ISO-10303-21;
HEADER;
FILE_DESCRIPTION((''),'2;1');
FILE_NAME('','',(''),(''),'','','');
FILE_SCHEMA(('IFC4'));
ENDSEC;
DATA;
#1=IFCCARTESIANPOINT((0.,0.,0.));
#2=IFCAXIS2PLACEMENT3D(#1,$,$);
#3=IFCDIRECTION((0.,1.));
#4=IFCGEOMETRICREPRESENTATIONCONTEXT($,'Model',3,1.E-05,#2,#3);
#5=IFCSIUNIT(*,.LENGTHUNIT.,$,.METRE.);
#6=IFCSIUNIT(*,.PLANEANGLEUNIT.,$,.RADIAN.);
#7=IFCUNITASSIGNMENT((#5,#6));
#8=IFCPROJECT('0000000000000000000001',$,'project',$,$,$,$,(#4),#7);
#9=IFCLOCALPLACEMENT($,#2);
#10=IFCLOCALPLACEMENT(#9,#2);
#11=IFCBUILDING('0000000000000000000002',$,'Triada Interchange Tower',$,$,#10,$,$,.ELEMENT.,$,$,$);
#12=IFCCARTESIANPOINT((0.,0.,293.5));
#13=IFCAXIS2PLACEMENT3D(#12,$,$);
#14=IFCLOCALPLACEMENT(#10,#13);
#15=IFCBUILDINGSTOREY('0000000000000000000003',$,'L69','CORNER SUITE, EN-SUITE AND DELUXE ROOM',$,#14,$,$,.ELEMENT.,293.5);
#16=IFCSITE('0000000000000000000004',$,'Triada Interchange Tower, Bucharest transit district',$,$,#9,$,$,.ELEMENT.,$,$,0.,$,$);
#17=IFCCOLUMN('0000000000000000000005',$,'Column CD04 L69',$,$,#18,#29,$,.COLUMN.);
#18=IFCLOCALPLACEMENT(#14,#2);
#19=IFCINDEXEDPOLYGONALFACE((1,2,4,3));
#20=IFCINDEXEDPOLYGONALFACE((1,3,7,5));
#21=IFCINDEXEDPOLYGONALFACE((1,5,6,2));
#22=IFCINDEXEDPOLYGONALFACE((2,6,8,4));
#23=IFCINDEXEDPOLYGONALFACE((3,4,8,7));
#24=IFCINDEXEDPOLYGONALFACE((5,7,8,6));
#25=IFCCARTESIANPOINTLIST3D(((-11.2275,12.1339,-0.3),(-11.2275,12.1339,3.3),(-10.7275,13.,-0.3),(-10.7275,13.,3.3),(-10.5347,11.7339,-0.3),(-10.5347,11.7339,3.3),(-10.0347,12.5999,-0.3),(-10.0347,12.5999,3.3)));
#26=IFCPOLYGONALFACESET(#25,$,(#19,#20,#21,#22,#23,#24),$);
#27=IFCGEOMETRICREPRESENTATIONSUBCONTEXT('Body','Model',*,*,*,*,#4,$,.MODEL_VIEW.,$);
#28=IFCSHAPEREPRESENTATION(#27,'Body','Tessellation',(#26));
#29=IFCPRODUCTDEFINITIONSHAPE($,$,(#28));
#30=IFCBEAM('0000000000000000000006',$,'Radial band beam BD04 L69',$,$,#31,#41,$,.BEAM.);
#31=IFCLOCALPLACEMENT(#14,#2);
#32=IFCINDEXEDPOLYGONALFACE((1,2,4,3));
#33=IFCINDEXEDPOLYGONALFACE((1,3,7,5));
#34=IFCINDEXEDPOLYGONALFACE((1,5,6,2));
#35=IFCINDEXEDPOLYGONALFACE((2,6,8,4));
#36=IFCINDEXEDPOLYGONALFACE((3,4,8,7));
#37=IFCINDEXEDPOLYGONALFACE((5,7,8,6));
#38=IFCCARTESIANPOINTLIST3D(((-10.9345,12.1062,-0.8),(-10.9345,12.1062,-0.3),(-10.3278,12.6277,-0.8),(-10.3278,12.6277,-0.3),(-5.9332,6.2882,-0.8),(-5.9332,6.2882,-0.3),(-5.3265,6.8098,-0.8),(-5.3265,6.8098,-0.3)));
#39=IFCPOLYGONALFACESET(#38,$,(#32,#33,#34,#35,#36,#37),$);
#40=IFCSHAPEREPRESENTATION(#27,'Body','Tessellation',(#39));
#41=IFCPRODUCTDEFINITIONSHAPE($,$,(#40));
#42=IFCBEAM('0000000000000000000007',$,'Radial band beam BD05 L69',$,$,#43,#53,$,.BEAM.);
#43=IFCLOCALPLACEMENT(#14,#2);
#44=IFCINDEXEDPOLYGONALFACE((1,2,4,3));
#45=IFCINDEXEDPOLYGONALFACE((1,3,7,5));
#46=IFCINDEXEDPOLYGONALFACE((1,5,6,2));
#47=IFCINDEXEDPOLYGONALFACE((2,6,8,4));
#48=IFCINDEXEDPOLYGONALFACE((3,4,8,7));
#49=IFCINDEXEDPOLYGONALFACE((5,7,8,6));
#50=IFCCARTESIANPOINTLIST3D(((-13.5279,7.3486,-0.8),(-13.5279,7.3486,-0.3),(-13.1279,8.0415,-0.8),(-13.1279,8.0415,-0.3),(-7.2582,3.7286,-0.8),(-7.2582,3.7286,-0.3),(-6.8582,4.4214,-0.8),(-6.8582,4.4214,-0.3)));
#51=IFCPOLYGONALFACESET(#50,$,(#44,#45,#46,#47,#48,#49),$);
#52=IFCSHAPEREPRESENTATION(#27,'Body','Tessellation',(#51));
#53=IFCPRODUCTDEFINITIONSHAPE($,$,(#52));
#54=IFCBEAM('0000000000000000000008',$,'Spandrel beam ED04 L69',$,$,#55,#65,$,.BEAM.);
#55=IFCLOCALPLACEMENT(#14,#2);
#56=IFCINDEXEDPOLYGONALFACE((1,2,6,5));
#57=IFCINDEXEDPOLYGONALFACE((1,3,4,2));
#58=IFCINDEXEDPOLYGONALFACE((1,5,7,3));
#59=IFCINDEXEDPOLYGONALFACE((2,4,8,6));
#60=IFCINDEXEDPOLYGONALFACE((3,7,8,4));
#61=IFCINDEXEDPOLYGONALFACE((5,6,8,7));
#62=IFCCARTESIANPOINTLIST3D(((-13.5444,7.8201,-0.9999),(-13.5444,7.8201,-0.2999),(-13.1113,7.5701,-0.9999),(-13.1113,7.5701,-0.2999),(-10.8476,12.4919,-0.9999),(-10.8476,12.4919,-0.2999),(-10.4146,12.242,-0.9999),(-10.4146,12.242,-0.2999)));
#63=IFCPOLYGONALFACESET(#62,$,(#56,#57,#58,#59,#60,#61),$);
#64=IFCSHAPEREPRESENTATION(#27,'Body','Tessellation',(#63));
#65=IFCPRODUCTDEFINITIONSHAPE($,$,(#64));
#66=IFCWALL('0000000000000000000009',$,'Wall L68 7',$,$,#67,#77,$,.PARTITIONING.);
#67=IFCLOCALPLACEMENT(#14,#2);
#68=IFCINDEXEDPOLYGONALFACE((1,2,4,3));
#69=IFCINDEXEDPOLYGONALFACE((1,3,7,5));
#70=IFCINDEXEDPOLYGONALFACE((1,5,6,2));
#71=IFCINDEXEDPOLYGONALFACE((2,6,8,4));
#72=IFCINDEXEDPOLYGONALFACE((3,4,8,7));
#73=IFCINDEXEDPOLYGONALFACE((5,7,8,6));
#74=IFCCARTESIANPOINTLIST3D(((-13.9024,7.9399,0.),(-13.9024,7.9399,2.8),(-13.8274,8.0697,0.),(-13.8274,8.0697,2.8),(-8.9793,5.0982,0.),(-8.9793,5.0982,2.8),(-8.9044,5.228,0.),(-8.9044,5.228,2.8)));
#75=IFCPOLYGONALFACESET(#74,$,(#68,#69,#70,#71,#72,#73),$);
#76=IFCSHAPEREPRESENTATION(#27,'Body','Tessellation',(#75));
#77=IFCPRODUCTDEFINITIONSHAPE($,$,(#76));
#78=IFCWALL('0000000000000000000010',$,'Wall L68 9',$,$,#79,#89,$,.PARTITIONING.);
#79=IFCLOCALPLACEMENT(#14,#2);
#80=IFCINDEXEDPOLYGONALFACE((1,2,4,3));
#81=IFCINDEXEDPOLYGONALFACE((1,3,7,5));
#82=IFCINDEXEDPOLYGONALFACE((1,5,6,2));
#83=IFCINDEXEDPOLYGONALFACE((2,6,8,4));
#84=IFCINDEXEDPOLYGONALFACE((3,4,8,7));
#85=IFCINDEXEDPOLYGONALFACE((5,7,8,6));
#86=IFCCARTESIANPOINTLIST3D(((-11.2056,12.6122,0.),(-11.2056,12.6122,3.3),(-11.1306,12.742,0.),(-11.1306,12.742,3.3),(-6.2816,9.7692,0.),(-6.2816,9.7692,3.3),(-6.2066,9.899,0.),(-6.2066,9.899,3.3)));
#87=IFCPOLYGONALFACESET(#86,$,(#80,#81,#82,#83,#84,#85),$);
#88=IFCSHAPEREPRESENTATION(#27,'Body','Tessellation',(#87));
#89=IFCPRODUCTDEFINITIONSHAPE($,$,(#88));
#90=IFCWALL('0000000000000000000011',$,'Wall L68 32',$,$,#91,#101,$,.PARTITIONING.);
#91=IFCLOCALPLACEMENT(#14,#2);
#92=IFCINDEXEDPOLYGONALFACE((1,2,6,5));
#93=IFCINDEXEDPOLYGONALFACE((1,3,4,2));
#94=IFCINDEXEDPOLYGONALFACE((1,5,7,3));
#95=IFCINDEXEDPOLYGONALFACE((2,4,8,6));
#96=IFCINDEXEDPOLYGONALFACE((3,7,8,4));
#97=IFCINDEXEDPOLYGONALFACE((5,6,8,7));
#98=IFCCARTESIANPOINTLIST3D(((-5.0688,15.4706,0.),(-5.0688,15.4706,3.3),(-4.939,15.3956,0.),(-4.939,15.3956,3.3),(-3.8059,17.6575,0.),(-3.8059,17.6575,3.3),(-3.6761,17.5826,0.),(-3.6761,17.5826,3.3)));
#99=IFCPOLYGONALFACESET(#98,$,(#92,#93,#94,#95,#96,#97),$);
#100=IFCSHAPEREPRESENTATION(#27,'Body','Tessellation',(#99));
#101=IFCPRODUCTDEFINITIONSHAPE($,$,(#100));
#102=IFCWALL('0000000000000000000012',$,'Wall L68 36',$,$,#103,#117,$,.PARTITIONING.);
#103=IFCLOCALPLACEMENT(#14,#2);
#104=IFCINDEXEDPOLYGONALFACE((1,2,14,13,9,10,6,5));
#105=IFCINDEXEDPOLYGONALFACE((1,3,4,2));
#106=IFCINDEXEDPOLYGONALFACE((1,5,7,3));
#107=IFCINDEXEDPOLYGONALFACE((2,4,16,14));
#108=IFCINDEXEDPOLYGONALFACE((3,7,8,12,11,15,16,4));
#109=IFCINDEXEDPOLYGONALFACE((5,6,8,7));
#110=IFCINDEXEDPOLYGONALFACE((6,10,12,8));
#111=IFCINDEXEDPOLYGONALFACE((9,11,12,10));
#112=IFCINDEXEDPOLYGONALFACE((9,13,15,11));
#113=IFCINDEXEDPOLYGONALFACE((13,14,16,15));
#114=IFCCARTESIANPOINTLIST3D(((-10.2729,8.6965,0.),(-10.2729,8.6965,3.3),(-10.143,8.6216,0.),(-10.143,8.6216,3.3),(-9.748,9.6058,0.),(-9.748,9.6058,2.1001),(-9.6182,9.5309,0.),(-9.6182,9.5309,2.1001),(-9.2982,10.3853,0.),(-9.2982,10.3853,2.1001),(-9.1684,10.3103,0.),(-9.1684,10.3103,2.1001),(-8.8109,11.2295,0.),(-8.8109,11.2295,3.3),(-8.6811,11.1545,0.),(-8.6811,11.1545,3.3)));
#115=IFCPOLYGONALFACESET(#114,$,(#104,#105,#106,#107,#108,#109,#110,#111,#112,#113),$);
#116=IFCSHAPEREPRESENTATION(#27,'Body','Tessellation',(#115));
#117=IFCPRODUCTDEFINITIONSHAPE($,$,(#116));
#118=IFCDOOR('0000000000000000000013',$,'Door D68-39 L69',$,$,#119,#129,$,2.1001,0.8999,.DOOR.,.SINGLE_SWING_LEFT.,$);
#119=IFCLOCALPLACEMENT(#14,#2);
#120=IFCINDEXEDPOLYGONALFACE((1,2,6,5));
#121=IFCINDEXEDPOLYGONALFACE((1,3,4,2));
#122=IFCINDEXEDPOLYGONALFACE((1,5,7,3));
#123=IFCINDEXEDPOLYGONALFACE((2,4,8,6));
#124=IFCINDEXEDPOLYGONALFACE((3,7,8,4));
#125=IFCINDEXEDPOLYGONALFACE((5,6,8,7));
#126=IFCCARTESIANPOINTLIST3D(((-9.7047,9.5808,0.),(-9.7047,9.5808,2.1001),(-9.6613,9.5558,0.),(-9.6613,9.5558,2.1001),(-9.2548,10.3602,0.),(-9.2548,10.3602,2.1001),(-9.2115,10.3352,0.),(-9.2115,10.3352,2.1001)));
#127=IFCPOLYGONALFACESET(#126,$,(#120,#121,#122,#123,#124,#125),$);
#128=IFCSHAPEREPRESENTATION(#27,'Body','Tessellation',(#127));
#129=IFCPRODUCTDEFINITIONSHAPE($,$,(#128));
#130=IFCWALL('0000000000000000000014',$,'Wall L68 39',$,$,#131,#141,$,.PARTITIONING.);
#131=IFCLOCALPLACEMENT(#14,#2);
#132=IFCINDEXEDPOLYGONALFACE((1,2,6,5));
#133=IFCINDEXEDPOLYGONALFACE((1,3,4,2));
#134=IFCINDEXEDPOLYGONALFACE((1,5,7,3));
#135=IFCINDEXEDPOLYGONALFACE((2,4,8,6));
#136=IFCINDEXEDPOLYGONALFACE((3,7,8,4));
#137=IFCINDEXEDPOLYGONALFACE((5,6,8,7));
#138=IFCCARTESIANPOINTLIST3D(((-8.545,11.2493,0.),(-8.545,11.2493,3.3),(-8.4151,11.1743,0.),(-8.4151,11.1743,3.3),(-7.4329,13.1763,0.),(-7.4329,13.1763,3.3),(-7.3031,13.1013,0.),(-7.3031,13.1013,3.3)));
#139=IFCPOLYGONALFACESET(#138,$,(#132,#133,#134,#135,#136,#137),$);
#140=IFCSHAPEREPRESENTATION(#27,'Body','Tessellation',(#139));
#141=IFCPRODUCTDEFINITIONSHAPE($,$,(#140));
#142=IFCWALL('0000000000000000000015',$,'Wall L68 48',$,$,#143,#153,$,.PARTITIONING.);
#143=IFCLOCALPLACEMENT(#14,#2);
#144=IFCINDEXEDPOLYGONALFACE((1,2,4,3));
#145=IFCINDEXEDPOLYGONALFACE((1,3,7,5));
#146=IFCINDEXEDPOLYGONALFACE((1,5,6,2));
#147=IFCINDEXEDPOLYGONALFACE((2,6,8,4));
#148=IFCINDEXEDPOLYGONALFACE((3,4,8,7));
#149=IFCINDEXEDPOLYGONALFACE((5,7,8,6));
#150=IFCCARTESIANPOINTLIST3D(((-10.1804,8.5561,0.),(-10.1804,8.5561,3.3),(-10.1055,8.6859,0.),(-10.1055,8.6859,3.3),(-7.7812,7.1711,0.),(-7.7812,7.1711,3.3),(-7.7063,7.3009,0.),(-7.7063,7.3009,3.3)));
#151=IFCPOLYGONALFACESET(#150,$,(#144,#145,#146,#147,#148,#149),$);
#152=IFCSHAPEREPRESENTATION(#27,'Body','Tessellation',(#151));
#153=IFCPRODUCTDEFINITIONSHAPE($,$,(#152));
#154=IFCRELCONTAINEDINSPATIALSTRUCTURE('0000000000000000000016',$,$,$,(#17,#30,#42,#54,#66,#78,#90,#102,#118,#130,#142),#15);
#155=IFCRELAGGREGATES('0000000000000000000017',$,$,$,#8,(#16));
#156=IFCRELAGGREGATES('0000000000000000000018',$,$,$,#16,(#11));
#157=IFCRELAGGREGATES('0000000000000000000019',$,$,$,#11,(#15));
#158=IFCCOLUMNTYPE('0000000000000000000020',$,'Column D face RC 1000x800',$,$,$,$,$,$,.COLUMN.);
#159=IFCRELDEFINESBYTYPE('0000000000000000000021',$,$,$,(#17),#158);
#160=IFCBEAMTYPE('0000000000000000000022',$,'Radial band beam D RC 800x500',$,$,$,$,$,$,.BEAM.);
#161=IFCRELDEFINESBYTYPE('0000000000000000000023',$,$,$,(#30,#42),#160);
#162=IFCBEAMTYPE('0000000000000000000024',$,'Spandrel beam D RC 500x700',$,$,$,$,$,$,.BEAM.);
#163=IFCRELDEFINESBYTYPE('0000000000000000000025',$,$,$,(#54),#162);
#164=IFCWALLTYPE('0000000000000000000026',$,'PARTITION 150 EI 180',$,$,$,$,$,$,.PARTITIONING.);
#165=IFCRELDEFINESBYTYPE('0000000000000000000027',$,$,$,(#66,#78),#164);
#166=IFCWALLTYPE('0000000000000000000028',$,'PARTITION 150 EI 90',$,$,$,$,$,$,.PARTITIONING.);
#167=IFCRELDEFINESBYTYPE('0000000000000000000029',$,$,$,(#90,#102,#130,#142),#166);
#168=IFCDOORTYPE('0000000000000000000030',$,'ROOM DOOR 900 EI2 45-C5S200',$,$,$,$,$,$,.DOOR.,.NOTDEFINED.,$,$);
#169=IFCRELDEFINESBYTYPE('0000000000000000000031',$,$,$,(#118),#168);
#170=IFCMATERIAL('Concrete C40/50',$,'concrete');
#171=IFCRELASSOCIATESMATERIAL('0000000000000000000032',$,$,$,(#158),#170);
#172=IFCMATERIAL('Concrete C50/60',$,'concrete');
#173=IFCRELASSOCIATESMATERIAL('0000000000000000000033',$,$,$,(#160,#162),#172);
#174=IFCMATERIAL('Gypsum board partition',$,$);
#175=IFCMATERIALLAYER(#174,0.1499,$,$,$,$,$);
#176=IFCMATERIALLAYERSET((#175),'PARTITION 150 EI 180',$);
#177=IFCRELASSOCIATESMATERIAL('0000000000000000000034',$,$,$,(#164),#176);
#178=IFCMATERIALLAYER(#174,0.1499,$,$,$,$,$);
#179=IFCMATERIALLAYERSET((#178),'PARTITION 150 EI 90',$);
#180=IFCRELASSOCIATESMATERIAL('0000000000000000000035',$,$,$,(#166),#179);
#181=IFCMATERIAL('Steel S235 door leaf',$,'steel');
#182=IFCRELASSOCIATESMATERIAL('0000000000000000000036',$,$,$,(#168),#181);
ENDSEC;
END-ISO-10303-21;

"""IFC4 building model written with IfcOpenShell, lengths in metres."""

from ifc_helpers import new_model, si_unit, direction, frame, frame_2d, origin, origin_2d, place, context, subcontext, project, spatial, rectangle, extrude, material, layer, layer_set, material_profile, profile_set, type_object, element, fill, save


model = new_model("IFC4")

# Units and contexts
model_context = context("Model", 3, precision=1e-05, world=origin(), true_north=direction((0.0, 1.0)))
body_context = subcontext(model_context, "Body", "Model", "MODEL_VIEW")
ifc_project = project(units=[si_unit("LENGTHUNIT", "METRE"), si_unit("PLANEANGLEUNIT", "RADIAN")], contexts=[model_context])

# Site, building, storey
site_placement = place(None, origin())
site = spatial("IfcSite", under=ifc_project, at=site_placement, Name="Triada Interchange Tower, Bucharest transit district", CompositionType="ELEMENT", RefElevation=0.0)
building_placement = place(site_placement, origin())
building = spatial("IfcBuilding", under=site, at=building_placement, Name="Triada Interchange Tower", CompositionType="ELEMENT")
storey_placement = place(building_placement, frame((0.0, 0.0, 293.5)))
storey = spatial("IfcBuildingStorey", under=building, at=storey_placement, Name="L69", Description="CORNER SUITE, EN-SUITE AND DELUXE ROOM", CompositionType="ELEMENT", Elevation=293.5)

# Column
ifc_material_1 = material(Name="Concrete C40/50", Category="concrete")
ifc_material_profile_1 = material_profile(ifc_material_1, rectangle(XDim=1.0, YDim=0.8, at=origin_2d()), Name="RC 1000x800")
ifc_profile_set_1 = profile_set([ifc_material_profile_1], Name="Concrete C40/50")
column_type = type_object("IfcColumnType", Name="Column D face RC 1000x800", PredefinedType="COLUMN", material=ifc_profile_set_1)
column_placement = place(storey_placement, frame((-10.6311, 12.3669, -0.3), z_axis=(0.0, 0.0, 1.0), x_axis=(0.5, 0.866025, 0.0)))
element("IfcColumn", 1, at=column_placement, inside=storey, type_object=column_type, Name="Column CD04 L69", PredefinedType="COLUMN", context=body_context, shape_type="SweptSolid", body=[
    extrude(rectangle(XDim=1.0, YDim=0.8, at=origin_2d()), origin(), (0.0, 0.0, 1.0), 3.6001),
])

# Beams
ifc_material_2 = material(Name="Concrete C50/60", Category="concrete")
ifc_material_profile_2 = material_profile(ifc_material_2, rectangle(XDim=0.8, YDim=0.5, at=origin_2d()), Name="RC 800x500")
ifc_profile_set_2 = profile_set([ifc_material_profile_2], Name="Concrete C50/60")
beam_type_1 = type_object("IfcBeamType", Name="Radial band beam D RC 800x500", PredefinedType="BEAM", material=ifc_profile_set_2)
beam_1_placement = place(storey_placement, frame((-10.6311, 12.3669, -0.55), z_axis=(0.651878, -0.758324, 0.0), x_axis=(0.758324, 0.651878, 0.0)))
element("IfcBeam", 2, at=beam_1_placement, inside=storey, type_object=beam_type_1, Name="Radial band beam BD04 L69", PredefinedType="BEAM", context=body_context, shape_type="SweptSolid", body=[
    extrude(rectangle(XDim=0.8, YDim=0.5, at=origin_2d()), origin(), (0.0, 0.0, 1.0), 7.6721),
])
beam_2_placement = place(storey_placement, frame((-13.3279, 7.6951, -0.55), z_axis=(0.86601, -0.500027, 0.0), x_axis=(0.500027, 0.86601, 0.0)))
element("IfcBeam", 3, at=beam_2_placement, inside=storey, type_object=beam_type_1, Name="Radial band beam BD05 L69", PredefinedType="BEAM", context=body_context, shape_type="SweptSolid", body=[
    extrude(rectangle(XDim=0.8, YDim=0.5, at=origin_2d()), origin(), (0.0, 0.0, 1.0), 7.2397),
])
ifc_material_profile_3 = material_profile(ifc_material_2, rectangle(XDim=0.5, YDim=0.7, at=origin_2d()), Name="RC 500x700")
ifc_profile_set_3 = profile_set([ifc_material_profile_3], Name="Concrete C50/60")
beam_type_2 = type_object("IfcBeamType", Name="Spandrel beam D RC 500x700", PredefinedType="BEAM", material=ifc_profile_set_3)
beam_3_placement = place(storey_placement, frame((-10.6311, 12.3669, -0.6499), z_axis=(-0.499926, -0.866068, 0.0), x_axis=(0.866068, -0.499926, 0.0)))
element("IfcBeam", 4, at=beam_3_placement, inside=storey, type_object=beam_type_2, Name="Spandrel beam ED04 L69", PredefinedType="BEAM", context=body_context, shape_type="SweptSolid", body=[
    extrude(rectangle(XDim=0.5, YDim=0.7, at=origin_2d()), origin(), (0.0, 0.0, 1.0), 5.3943),
])

# Shared definitions
ifc_material_3 = material(Name="Steel S235 door leaf", Category="steel")

# Walls
ifc_material_4 = material(Name="Gypsum board partition")
ifc_layer_1 = layer(ifc_material_4, 0.1499)
ifc_layer_set_1 = layer_set([ifc_layer_1], Name="PARTITION 150 EI 180")
wall_type_1 = type_object("IfcWallType", Name="PARTITION 150 EI 180", PredefinedType="PARTITIONING", material=ifc_layer_set_1)
wall_1_placement = place(storey_placement, frame((-13.865, 8.0049, 0.0), z_axis=(0.0, 0.0, 1.0), x_axis=(0.866068, -0.499927, 0.0)))
element("IfcWall", 5, at=wall_1_placement, inside=storey, type_object=wall_type_1, Name="Wall L68 7", PredefinedType="PARTITIONING", context=body_context, shape_type="SweptSolid", body=[
    extrude(rectangle(XDim=5.6843, YDim=0.1499, at=frame_2d((2.8423, 0.0))), origin(), (0.0, 0.0, 1.0), 2.8),
])
wall_2_placement = place(storey_placement, frame((-11.168, 12.677, 0.0), z_axis=(0.0, 0.0, 1.0), x_axis=(0.866018, -0.500014, 0.0)))
element("IfcWall", 6, at=wall_2_placement, inside=storey, type_object=wall_type_1, Name="Wall L68 9", PredefinedType="PARTITIONING", context=body_context, shape_type="SweptSolid", body=[
    extrude(rectangle(XDim=5.6858, YDim=0.1499, at=frame_2d((2.8428, 0.0))), origin(), (0.0, 0.0, 1.0), 3.3),
])
ifc_layer_2 = layer(ifc_material_4, 0.1499)
ifc_layer_set_2 = layer_set([ifc_layer_2], Name="PARTITION 150 EI 90")
wall_type_2 = type_object("IfcWallType", Name="PARTITION 150 EI 90", PredefinedType="PARTITIONING", material=ifc_layer_set_2)
wall_3_placement = place(storey_placement, frame((-5.0039, 15.4331, 0.0), z_axis=(0.0, 0.0, 1.0), x_axis=(0.500079, 0.86598, 0.0)))
element("IfcWall", 7, at=wall_3_placement, inside=storey, type_object=wall_type_2, Name="Wall L68 32", PredefinedType="PARTITIONING", context=body_context, shape_type="SweptSolid", body=[
    extrude(rectangle(XDim=2.5254, YDim=0.1499, at=frame_2d((1.2627, 0.0))), origin(), (0.0, 0.0, 1.0), 3.3),
])

# Wall, opening, door
wall_4_placement = place(storey_placement, frame((-10.208, 8.6589, 0.0), z_axis=(0.0, 0.0, 1.0), x_axis=(0.499874, 0.866098, 0.0)))
wall_4 = element("IfcWall", 8, at=wall_4_placement, inside=storey, type_object=wall_type_2, Name="Wall L68 36", PredefinedType="PARTITIONING", context=body_context, shape_type="SweptSolid", body=[
    extrude(rectangle(XDim=2.9246, YDim=0.1499, at=frame_2d((1.4624, 0.0))), origin(), (0.0, 0.0, 1.0), 3.3),
])
opening_1_placement = place(wall_4_placement, frame((1.05, 0.0, 0.0)))
opening_1 = element("IfcOpeningElement", 9, at=opening_1_placement, cuts=wall_4, PredefinedType="OPENING", context=body_context, shape_type="SweptSolid", body=[
    extrude(rectangle(XDim=0.8999, YDim=2.1001, at=frame_2d((0.45, 1.05))), frame((0.0, 0.085, 0.0), z_axis=(0.0, -1.0, 0.0), x_axis=(1.0, 0.0, 0.0)), (0.0, 0.0, 1.0), 0.1699),
])
door_type_1 = type_object("IfcDoorType", Name="ROOM DOOR 900 EI2 45-C5S200", OperationType="NOTDEFINED", PredefinedType="DOOR", material=ifc_material_3)
door_1_placement = place(opening_1_placement, origin())
door_1 = element("IfcDoor", 10, at=door_1_placement, inside=storey, type_object=door_type_1, Name="Door D68-39 L69", OperationType="SINGLE_SWING_LEFT", OverallHeight=2.1001, OverallWidth=0.8999, PredefinedType="DOOR", context=body_context, shape_type="SweptSolid", body=[
    extrude(rectangle(XDim=0.8999, YDim=2.1001, at=frame_2d((0.45, 1.05))), frame((0.0, 0.0249, 0.0), z_axis=(0.0, -1.0, 0.0), x_axis=(1.0, 0.0, 0.0)), (0.0, 0.0, 1.0), 0.05),
])
fill(opening_1, door_1)

# Walls
wall_5_placement = place(storey_placement, frame((-8.48, 11.2119, 0.0), z_axis=(0.0, 0.0, 1.0), x_axis=(0.499833, 0.866122, 0.0)))
element("IfcWall", 11, at=wall_5_placement, inside=storey, type_object=wall_type_2, Name="Wall L68 39", PredefinedType="PARTITIONING", context=body_context, shape_type="SweptSolid", body=[
    extrude(rectangle(XDim=2.2249, YDim=0.1499, at=frame_2d((1.1123, 0.0))), origin(), (0.0, 0.0, 1.0), 3.3),
])
wall_6_placement = place(storey_placement, frame((-10.1431, 8.6211, 0.0), z_axis=(0.0, 0.0, 1.0), x_axis=(0.866049, -0.499959, 0.0)))
element("IfcWall", 12, at=wall_6_placement, inside=storey, type_object=wall_type_2, Name="Wall L68 48", PredefinedType="PARTITIONING", context=body_context, shape_type="SweptSolid", body=[
    extrude(rectangle(XDim=2.7703, YDim=0.1499, at=frame_2d((1.3853, 0.0))), origin(), (0.0, 0.0, 1.0), 3.3),
])

save(model, "model.ifc")
